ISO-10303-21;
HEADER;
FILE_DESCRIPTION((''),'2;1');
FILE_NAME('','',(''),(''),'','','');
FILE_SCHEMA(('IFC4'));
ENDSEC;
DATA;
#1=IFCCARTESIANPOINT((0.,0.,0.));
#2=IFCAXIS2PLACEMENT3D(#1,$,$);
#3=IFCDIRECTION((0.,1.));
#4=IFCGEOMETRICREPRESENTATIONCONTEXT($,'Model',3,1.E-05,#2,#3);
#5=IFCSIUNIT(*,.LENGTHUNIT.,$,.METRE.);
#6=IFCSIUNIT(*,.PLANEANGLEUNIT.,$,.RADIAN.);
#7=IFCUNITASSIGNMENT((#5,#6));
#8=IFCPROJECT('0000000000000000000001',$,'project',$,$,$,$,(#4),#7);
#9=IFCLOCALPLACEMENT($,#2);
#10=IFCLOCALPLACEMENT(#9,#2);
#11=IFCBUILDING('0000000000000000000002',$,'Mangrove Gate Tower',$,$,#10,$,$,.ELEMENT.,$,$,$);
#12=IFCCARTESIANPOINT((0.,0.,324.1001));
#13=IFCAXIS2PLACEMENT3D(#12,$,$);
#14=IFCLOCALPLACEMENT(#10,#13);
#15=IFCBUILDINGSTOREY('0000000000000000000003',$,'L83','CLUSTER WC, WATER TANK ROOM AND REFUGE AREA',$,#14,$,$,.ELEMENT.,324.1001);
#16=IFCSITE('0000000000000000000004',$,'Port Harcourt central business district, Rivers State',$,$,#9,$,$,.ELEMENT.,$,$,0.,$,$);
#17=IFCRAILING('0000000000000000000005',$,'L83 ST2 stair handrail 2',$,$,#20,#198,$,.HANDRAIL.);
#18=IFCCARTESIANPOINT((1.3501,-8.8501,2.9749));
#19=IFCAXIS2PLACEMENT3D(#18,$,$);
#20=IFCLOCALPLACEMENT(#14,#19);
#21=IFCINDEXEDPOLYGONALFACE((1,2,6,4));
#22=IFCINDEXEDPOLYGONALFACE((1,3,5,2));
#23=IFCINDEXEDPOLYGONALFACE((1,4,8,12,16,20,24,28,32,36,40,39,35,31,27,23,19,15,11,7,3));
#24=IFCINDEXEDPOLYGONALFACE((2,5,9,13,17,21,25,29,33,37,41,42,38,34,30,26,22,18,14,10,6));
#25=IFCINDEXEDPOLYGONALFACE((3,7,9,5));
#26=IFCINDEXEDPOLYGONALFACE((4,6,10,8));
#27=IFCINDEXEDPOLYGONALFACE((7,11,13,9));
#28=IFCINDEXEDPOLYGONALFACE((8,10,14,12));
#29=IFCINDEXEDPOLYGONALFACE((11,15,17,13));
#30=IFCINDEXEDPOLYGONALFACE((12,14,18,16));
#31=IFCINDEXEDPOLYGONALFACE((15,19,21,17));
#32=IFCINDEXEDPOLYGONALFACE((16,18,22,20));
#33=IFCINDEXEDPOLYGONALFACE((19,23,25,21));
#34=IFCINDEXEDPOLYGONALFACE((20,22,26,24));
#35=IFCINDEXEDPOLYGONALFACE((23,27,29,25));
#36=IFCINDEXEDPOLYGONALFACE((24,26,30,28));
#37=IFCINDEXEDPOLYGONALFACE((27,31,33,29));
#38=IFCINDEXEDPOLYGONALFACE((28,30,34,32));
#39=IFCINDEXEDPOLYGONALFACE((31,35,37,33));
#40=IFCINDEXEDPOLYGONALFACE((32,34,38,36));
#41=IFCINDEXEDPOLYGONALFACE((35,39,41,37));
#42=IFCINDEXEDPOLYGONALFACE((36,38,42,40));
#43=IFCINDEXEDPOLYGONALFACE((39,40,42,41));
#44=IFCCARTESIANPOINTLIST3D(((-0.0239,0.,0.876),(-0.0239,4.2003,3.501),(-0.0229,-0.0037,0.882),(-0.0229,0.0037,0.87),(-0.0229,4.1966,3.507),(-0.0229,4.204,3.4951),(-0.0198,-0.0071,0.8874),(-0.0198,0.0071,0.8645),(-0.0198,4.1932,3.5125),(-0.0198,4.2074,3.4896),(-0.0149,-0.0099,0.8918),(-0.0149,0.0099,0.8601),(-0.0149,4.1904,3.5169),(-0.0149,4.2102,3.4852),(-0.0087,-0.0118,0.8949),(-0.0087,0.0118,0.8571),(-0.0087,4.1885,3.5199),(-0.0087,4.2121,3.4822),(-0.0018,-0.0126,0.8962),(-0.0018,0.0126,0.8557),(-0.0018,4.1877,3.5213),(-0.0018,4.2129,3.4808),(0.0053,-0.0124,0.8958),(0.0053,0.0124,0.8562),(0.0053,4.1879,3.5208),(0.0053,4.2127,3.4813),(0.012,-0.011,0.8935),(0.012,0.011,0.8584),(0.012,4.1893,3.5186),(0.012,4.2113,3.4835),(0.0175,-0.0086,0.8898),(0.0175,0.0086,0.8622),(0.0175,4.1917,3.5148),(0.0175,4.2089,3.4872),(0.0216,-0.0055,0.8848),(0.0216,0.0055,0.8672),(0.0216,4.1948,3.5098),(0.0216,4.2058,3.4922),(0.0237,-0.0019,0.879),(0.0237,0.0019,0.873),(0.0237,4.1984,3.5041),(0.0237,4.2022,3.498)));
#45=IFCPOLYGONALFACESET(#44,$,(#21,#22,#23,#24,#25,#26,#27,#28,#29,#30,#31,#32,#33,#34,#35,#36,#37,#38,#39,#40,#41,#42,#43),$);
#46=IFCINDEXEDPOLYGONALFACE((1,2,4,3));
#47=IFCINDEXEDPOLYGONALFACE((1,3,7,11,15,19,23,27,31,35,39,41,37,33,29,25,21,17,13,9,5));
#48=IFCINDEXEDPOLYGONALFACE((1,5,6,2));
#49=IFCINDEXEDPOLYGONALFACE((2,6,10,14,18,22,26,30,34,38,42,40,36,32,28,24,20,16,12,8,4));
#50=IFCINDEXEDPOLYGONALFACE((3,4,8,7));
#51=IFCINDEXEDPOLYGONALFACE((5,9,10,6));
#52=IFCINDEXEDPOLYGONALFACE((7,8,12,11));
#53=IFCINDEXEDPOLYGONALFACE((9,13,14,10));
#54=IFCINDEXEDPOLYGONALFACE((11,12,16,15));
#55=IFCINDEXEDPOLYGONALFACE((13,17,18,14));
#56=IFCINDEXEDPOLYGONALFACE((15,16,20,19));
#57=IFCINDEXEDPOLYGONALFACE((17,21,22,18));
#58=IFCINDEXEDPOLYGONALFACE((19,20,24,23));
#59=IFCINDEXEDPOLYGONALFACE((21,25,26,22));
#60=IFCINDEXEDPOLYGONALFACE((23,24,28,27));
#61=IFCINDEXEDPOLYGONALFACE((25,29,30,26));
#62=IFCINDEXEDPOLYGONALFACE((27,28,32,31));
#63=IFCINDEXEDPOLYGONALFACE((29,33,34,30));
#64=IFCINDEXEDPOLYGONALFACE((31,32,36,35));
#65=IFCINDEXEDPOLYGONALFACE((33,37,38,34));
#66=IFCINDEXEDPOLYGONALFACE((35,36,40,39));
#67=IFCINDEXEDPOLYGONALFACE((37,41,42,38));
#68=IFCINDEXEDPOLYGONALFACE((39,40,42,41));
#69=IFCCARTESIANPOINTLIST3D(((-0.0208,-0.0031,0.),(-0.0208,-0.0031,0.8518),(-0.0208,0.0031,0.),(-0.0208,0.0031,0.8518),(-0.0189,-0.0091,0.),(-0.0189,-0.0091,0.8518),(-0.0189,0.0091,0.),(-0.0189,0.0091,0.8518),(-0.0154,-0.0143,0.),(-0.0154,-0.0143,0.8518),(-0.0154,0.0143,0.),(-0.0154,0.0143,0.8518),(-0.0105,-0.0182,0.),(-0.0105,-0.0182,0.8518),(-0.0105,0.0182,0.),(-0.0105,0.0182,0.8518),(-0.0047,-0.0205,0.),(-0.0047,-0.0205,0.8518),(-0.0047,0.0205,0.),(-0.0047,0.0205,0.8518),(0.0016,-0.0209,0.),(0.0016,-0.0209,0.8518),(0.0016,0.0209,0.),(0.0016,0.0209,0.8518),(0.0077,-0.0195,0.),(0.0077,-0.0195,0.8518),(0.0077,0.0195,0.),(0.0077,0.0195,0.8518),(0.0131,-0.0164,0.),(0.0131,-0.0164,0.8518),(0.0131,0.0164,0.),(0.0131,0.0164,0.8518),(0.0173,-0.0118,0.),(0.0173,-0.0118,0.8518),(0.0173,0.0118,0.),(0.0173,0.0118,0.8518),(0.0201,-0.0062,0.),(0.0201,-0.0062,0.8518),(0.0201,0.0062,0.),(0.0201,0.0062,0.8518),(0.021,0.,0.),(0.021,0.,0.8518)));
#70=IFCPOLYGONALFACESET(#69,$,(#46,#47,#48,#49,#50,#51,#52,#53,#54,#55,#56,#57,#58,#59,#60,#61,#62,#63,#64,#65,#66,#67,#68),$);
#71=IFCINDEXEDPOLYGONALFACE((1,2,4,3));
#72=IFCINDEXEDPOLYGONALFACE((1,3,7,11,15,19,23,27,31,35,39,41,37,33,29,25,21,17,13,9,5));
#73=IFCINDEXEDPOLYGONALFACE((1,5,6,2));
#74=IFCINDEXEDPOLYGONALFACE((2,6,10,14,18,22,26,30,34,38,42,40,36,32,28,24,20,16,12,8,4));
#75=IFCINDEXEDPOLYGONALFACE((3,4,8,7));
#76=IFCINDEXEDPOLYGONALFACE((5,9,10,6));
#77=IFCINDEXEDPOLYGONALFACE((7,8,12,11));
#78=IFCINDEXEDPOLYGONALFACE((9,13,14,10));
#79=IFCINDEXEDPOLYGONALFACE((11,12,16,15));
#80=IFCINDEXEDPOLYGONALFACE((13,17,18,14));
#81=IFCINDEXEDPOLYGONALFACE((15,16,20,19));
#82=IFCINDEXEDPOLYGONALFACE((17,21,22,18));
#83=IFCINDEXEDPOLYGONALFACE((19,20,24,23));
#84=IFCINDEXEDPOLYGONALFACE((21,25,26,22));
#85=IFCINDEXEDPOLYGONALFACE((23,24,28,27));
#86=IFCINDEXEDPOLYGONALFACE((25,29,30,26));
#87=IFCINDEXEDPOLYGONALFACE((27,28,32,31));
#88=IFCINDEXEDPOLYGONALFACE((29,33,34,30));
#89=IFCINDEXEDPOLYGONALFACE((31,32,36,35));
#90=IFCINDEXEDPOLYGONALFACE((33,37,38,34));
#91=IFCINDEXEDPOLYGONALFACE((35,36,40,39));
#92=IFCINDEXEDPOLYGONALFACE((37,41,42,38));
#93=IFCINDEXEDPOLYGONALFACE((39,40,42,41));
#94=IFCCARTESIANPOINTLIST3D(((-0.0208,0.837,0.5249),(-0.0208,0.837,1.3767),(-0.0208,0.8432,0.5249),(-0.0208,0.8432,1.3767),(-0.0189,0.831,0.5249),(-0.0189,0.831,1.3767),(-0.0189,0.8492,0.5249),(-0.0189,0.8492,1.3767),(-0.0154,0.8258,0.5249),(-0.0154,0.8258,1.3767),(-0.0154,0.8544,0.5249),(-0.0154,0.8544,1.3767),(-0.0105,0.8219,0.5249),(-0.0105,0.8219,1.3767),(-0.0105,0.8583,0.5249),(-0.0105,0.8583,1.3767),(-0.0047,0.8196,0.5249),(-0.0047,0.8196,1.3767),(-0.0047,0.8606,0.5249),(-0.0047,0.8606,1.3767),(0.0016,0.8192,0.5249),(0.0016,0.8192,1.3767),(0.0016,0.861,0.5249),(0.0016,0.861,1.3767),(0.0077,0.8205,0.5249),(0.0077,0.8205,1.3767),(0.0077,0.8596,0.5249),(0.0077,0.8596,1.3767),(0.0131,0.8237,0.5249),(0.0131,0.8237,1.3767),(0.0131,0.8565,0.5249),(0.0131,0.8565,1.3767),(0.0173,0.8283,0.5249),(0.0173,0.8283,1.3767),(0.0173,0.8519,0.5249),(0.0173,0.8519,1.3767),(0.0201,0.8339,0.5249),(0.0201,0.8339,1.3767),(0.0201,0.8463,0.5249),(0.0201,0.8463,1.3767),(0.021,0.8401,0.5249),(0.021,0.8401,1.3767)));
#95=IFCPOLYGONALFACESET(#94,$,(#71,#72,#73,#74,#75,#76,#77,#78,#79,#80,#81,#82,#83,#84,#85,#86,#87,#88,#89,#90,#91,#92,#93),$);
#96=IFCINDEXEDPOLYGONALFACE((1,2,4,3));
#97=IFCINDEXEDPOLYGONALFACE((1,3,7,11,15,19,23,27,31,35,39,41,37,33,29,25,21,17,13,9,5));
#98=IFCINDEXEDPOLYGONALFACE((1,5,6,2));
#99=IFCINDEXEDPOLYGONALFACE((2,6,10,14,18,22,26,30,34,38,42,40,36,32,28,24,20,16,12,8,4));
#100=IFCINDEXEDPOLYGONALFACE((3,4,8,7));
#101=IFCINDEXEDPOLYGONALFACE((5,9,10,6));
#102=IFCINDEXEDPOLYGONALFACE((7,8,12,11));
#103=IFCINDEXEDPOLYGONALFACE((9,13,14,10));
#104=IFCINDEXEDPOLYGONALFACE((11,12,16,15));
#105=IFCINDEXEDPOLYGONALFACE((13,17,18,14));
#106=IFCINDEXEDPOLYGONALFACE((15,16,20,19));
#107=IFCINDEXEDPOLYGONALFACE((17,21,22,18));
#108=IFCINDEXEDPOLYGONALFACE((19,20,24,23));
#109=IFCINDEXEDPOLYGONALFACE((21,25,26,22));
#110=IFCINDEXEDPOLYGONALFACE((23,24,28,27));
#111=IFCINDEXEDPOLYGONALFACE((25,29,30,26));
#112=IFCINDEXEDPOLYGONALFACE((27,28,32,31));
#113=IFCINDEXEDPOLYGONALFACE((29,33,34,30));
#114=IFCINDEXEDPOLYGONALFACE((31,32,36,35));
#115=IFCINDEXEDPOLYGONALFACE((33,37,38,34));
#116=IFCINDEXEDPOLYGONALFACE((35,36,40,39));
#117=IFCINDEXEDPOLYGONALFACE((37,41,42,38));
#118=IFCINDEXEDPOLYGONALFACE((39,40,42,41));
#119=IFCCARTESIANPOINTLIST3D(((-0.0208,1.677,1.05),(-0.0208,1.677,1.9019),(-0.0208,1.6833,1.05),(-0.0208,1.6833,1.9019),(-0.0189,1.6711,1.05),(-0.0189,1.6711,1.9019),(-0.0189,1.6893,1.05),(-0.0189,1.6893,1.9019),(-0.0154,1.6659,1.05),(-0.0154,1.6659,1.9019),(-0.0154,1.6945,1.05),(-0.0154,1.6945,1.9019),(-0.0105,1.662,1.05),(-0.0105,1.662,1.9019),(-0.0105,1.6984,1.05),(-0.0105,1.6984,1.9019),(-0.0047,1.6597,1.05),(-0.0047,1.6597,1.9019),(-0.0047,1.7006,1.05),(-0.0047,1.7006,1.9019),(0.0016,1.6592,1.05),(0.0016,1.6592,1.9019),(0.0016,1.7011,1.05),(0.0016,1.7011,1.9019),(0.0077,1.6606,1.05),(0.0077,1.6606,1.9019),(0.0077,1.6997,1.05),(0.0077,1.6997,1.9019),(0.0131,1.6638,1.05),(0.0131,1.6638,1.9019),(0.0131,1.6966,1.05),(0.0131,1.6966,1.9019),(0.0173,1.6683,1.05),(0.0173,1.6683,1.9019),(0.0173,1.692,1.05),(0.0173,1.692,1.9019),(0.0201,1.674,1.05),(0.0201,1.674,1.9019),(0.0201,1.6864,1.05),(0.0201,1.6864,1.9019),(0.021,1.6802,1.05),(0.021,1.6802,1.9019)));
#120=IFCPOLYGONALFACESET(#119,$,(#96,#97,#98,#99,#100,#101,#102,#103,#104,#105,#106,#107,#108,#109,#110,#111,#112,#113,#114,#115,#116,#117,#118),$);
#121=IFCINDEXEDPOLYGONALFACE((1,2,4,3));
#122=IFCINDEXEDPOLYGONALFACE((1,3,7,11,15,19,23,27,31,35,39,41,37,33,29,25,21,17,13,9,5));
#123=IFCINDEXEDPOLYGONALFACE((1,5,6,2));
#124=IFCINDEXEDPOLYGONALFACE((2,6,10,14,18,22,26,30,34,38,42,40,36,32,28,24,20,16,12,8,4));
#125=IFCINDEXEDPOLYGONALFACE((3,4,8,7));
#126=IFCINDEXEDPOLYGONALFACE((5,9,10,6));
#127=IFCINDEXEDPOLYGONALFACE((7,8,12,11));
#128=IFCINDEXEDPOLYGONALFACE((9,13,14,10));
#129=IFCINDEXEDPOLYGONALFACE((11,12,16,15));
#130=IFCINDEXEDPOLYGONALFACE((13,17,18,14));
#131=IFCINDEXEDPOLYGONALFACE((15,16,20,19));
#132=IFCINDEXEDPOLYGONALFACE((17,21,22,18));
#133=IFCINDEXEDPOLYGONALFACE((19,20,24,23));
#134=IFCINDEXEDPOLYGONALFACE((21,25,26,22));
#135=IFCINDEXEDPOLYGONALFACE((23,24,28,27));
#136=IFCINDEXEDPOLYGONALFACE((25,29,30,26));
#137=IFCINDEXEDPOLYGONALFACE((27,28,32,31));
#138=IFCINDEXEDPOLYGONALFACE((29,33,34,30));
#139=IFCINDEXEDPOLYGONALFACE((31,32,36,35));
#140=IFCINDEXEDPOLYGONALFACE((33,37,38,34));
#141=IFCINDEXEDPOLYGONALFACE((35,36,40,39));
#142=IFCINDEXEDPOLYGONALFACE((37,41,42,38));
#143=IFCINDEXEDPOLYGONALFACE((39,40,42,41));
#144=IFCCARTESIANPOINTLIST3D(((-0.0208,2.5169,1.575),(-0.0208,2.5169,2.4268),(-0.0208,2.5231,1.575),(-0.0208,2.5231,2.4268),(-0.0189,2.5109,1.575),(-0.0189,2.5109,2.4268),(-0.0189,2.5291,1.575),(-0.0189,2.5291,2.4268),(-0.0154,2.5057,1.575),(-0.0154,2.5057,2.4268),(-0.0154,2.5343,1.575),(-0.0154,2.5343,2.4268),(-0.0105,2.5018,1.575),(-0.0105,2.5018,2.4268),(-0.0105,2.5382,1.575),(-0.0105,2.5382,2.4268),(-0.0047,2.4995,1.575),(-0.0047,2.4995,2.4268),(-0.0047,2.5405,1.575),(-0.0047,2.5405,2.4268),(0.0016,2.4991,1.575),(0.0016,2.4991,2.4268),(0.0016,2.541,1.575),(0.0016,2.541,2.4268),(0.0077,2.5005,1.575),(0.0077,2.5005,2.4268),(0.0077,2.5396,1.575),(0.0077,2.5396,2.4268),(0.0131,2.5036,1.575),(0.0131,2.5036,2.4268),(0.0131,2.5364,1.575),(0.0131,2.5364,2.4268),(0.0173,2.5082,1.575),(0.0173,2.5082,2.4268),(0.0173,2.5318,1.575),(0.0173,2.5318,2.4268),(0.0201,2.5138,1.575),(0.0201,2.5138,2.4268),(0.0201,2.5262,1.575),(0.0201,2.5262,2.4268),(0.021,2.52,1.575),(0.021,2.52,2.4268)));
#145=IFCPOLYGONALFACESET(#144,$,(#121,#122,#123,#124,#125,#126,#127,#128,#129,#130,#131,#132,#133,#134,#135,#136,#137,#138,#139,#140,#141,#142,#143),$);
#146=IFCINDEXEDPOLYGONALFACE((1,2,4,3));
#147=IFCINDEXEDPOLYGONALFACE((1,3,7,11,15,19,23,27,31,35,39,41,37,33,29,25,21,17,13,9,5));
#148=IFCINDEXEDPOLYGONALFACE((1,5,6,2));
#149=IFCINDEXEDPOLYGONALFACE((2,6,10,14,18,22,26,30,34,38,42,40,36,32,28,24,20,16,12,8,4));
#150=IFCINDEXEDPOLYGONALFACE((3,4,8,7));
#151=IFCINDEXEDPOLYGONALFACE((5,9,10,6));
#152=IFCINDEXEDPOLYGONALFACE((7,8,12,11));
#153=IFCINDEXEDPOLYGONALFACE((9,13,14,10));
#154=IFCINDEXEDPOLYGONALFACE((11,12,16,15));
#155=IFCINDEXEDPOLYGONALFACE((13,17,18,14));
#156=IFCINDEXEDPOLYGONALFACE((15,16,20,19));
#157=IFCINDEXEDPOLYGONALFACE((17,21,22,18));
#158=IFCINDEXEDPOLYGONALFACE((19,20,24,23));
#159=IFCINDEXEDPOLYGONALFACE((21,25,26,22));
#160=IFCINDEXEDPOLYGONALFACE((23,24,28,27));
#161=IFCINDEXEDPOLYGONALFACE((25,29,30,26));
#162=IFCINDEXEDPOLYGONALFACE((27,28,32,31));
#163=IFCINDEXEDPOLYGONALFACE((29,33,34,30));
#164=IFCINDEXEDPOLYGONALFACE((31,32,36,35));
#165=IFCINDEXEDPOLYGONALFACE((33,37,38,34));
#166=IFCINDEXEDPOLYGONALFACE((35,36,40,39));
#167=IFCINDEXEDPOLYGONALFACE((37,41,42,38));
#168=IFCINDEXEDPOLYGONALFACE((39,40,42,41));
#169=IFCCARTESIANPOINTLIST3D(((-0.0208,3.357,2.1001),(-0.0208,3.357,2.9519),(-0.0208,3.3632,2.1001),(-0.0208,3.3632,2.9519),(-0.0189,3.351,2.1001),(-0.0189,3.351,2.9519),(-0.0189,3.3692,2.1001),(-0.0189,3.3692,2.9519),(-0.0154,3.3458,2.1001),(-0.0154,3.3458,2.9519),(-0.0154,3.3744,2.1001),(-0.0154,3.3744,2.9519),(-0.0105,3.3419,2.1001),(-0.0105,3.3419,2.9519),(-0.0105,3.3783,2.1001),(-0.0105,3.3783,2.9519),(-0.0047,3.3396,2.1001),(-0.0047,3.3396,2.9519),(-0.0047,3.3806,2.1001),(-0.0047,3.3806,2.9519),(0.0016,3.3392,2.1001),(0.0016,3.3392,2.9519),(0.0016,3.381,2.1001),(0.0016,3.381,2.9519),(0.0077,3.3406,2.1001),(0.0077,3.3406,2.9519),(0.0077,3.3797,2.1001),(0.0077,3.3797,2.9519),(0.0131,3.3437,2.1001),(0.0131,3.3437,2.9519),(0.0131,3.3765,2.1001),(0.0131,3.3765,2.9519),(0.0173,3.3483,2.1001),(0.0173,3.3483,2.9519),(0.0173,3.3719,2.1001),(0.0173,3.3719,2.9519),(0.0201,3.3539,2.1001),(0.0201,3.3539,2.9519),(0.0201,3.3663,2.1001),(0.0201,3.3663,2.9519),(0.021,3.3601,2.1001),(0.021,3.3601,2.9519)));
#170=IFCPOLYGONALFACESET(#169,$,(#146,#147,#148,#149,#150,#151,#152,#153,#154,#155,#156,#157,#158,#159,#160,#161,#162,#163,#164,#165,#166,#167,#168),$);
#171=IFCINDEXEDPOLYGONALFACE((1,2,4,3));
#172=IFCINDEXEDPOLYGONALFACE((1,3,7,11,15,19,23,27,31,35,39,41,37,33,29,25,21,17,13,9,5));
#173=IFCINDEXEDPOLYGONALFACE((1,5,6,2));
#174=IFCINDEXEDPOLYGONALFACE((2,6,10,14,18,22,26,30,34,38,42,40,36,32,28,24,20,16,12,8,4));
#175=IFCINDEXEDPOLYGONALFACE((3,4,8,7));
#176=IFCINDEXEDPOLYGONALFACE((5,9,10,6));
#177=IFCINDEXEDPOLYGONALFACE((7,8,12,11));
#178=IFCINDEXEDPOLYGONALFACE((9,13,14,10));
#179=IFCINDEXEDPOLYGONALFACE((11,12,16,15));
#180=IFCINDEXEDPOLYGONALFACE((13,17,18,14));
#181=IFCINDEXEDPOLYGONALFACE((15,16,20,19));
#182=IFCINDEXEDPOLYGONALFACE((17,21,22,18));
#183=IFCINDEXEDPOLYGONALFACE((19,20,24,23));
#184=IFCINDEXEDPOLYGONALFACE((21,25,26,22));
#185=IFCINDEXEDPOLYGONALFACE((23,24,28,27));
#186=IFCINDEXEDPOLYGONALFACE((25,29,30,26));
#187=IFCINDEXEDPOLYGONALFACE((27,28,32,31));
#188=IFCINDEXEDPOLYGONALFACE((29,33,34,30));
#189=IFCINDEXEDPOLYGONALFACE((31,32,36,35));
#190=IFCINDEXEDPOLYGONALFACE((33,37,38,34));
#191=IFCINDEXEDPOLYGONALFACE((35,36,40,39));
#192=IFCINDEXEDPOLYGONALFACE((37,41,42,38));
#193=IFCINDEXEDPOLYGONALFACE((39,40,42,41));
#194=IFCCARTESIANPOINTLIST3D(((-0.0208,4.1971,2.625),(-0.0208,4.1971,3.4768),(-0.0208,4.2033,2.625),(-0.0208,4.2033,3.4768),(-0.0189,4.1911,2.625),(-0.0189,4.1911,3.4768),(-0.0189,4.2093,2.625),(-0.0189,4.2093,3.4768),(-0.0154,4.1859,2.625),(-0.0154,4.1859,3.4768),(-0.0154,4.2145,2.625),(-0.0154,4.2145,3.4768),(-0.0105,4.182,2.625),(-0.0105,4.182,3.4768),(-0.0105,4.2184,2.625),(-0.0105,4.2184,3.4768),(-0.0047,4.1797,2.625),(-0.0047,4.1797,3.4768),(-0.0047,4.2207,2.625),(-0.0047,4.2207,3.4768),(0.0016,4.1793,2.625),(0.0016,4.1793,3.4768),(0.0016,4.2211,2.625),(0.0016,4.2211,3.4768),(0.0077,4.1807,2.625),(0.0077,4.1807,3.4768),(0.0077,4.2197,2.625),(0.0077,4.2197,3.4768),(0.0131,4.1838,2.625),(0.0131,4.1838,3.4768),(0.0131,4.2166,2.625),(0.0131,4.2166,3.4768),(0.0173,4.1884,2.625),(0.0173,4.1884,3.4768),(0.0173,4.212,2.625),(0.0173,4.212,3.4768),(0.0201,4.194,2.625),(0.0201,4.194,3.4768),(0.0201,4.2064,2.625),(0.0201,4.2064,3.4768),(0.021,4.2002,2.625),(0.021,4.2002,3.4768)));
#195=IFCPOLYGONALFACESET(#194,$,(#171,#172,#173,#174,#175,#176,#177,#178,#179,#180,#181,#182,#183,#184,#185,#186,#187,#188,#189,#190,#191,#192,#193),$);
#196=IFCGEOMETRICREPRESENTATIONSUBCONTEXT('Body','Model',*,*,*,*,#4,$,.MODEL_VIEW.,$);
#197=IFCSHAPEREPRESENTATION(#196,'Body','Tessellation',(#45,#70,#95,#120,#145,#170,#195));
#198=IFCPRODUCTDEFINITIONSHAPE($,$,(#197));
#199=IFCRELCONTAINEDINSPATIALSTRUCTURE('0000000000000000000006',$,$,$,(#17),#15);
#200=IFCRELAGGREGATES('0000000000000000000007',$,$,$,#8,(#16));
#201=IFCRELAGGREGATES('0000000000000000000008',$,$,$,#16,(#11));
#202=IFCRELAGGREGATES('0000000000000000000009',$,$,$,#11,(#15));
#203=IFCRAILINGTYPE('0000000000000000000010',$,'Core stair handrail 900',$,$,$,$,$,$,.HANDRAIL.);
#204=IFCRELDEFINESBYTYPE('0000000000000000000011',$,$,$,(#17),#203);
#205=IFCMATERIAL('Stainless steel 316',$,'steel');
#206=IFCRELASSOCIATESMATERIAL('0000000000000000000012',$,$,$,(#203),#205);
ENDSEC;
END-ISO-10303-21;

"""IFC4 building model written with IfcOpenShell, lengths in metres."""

from ifc_helpers import new_model, si_unit, direction, frame, origin, origin_2d, place, context, subcontext, project, spatial, circle, extrude, material, type_object, element, save


model = new_model("IFC4")

# Units and contexts
model_context = context("Model", 3, precision=1e-05, world=origin(), true_north=direction((0.0, 1.0)))
body_context = subcontext(model_context, "Body", "Model", "MODEL_VIEW")
ifc_project = project(units=[si_unit("LENGTHUNIT", "METRE"), si_unit("PLANEANGLEUNIT", "RADIAN")], contexts=[model_context])

# Site, building, storey
site_placement = place(None, origin())
site = spatial("IfcSite", under=ifc_project, at=site_placement, Name="Port Harcourt central business district, Rivers State", CompositionType="ELEMENT", RefElevation=0.0)
building_placement = place(site_placement, origin())
building = spatial("IfcBuilding", under=site, at=building_placement, Name="Mangrove Gate Tower", CompositionType="ELEMENT")
storey_placement = place(building_placement, frame((0.0, 0.0, 324.1001)))
storey = spatial("IfcBuildingStorey", under=building, at=storey_placement, Name="L83", Description="CLUSTER WC, WATER TANK ROOM AND REFUGE AREA", CompositionType="ELEMENT", Elevation=324.1001)

# Railing
ifc_material_1 = material(Name="Stainless steel 316", Category="steel")
railing_type_1 = type_object("IfcRailingType", Name="Core stair handrail 900", PredefinedType="HANDRAIL", material=ifc_material_1)
railing_1_placement = place(storey_placement, frame((1.3501, -8.8501, 2.9749)))
element("IfcRailing", 1, at=railing_1_placement, inside=storey, type_object=railing_type_1, Name="L83 ST2 stair handrail 2", PredefinedType="HANDRAIL", context=body_context, shape_type="SweptSolid", body=[
    extrude(circle(Radius=0.0239, at=origin_2d()), frame((0.0, 0.0, 0.876), z_axis=(0.0, 0.848009, 0.529981), x_axis=(-1.0, 0.0, 0.0)), (0.0, 0.0, 1.0), 4.9531),
    extrude(circle(Radius=0.021, at=origin_2d()), origin(), (0.0, 0.0, 1.0), 0.8518),
    extrude(circle(Radius=0.021, at=origin_2d()), frame((0.0, 0.8401, 0.5249)), (0.0, 0.0, 1.0), 0.8518),
    extrude(circle(Radius=0.021, at=origin_2d()), frame((0.0, 1.6802, 1.05)), (0.0, 0.0, 1.0), 0.8518),
    extrude(circle(Radius=0.021, at=origin_2d()), frame((0.0, 2.52, 1.575)), (0.0, 0.0, 1.0), 0.8518),
    extrude(circle(Radius=0.021, at=origin_2d()), frame((0.0, 3.3601, 2.1001)), (0.0, 0.0, 1.0), 0.8518),
    extrude(circle(Radius=0.021, at=origin_2d()), frame((0.0, 4.2002, 2.625)), (0.0, 0.0, 1.0), 0.8518),
])

save(model, "model.ifc")
